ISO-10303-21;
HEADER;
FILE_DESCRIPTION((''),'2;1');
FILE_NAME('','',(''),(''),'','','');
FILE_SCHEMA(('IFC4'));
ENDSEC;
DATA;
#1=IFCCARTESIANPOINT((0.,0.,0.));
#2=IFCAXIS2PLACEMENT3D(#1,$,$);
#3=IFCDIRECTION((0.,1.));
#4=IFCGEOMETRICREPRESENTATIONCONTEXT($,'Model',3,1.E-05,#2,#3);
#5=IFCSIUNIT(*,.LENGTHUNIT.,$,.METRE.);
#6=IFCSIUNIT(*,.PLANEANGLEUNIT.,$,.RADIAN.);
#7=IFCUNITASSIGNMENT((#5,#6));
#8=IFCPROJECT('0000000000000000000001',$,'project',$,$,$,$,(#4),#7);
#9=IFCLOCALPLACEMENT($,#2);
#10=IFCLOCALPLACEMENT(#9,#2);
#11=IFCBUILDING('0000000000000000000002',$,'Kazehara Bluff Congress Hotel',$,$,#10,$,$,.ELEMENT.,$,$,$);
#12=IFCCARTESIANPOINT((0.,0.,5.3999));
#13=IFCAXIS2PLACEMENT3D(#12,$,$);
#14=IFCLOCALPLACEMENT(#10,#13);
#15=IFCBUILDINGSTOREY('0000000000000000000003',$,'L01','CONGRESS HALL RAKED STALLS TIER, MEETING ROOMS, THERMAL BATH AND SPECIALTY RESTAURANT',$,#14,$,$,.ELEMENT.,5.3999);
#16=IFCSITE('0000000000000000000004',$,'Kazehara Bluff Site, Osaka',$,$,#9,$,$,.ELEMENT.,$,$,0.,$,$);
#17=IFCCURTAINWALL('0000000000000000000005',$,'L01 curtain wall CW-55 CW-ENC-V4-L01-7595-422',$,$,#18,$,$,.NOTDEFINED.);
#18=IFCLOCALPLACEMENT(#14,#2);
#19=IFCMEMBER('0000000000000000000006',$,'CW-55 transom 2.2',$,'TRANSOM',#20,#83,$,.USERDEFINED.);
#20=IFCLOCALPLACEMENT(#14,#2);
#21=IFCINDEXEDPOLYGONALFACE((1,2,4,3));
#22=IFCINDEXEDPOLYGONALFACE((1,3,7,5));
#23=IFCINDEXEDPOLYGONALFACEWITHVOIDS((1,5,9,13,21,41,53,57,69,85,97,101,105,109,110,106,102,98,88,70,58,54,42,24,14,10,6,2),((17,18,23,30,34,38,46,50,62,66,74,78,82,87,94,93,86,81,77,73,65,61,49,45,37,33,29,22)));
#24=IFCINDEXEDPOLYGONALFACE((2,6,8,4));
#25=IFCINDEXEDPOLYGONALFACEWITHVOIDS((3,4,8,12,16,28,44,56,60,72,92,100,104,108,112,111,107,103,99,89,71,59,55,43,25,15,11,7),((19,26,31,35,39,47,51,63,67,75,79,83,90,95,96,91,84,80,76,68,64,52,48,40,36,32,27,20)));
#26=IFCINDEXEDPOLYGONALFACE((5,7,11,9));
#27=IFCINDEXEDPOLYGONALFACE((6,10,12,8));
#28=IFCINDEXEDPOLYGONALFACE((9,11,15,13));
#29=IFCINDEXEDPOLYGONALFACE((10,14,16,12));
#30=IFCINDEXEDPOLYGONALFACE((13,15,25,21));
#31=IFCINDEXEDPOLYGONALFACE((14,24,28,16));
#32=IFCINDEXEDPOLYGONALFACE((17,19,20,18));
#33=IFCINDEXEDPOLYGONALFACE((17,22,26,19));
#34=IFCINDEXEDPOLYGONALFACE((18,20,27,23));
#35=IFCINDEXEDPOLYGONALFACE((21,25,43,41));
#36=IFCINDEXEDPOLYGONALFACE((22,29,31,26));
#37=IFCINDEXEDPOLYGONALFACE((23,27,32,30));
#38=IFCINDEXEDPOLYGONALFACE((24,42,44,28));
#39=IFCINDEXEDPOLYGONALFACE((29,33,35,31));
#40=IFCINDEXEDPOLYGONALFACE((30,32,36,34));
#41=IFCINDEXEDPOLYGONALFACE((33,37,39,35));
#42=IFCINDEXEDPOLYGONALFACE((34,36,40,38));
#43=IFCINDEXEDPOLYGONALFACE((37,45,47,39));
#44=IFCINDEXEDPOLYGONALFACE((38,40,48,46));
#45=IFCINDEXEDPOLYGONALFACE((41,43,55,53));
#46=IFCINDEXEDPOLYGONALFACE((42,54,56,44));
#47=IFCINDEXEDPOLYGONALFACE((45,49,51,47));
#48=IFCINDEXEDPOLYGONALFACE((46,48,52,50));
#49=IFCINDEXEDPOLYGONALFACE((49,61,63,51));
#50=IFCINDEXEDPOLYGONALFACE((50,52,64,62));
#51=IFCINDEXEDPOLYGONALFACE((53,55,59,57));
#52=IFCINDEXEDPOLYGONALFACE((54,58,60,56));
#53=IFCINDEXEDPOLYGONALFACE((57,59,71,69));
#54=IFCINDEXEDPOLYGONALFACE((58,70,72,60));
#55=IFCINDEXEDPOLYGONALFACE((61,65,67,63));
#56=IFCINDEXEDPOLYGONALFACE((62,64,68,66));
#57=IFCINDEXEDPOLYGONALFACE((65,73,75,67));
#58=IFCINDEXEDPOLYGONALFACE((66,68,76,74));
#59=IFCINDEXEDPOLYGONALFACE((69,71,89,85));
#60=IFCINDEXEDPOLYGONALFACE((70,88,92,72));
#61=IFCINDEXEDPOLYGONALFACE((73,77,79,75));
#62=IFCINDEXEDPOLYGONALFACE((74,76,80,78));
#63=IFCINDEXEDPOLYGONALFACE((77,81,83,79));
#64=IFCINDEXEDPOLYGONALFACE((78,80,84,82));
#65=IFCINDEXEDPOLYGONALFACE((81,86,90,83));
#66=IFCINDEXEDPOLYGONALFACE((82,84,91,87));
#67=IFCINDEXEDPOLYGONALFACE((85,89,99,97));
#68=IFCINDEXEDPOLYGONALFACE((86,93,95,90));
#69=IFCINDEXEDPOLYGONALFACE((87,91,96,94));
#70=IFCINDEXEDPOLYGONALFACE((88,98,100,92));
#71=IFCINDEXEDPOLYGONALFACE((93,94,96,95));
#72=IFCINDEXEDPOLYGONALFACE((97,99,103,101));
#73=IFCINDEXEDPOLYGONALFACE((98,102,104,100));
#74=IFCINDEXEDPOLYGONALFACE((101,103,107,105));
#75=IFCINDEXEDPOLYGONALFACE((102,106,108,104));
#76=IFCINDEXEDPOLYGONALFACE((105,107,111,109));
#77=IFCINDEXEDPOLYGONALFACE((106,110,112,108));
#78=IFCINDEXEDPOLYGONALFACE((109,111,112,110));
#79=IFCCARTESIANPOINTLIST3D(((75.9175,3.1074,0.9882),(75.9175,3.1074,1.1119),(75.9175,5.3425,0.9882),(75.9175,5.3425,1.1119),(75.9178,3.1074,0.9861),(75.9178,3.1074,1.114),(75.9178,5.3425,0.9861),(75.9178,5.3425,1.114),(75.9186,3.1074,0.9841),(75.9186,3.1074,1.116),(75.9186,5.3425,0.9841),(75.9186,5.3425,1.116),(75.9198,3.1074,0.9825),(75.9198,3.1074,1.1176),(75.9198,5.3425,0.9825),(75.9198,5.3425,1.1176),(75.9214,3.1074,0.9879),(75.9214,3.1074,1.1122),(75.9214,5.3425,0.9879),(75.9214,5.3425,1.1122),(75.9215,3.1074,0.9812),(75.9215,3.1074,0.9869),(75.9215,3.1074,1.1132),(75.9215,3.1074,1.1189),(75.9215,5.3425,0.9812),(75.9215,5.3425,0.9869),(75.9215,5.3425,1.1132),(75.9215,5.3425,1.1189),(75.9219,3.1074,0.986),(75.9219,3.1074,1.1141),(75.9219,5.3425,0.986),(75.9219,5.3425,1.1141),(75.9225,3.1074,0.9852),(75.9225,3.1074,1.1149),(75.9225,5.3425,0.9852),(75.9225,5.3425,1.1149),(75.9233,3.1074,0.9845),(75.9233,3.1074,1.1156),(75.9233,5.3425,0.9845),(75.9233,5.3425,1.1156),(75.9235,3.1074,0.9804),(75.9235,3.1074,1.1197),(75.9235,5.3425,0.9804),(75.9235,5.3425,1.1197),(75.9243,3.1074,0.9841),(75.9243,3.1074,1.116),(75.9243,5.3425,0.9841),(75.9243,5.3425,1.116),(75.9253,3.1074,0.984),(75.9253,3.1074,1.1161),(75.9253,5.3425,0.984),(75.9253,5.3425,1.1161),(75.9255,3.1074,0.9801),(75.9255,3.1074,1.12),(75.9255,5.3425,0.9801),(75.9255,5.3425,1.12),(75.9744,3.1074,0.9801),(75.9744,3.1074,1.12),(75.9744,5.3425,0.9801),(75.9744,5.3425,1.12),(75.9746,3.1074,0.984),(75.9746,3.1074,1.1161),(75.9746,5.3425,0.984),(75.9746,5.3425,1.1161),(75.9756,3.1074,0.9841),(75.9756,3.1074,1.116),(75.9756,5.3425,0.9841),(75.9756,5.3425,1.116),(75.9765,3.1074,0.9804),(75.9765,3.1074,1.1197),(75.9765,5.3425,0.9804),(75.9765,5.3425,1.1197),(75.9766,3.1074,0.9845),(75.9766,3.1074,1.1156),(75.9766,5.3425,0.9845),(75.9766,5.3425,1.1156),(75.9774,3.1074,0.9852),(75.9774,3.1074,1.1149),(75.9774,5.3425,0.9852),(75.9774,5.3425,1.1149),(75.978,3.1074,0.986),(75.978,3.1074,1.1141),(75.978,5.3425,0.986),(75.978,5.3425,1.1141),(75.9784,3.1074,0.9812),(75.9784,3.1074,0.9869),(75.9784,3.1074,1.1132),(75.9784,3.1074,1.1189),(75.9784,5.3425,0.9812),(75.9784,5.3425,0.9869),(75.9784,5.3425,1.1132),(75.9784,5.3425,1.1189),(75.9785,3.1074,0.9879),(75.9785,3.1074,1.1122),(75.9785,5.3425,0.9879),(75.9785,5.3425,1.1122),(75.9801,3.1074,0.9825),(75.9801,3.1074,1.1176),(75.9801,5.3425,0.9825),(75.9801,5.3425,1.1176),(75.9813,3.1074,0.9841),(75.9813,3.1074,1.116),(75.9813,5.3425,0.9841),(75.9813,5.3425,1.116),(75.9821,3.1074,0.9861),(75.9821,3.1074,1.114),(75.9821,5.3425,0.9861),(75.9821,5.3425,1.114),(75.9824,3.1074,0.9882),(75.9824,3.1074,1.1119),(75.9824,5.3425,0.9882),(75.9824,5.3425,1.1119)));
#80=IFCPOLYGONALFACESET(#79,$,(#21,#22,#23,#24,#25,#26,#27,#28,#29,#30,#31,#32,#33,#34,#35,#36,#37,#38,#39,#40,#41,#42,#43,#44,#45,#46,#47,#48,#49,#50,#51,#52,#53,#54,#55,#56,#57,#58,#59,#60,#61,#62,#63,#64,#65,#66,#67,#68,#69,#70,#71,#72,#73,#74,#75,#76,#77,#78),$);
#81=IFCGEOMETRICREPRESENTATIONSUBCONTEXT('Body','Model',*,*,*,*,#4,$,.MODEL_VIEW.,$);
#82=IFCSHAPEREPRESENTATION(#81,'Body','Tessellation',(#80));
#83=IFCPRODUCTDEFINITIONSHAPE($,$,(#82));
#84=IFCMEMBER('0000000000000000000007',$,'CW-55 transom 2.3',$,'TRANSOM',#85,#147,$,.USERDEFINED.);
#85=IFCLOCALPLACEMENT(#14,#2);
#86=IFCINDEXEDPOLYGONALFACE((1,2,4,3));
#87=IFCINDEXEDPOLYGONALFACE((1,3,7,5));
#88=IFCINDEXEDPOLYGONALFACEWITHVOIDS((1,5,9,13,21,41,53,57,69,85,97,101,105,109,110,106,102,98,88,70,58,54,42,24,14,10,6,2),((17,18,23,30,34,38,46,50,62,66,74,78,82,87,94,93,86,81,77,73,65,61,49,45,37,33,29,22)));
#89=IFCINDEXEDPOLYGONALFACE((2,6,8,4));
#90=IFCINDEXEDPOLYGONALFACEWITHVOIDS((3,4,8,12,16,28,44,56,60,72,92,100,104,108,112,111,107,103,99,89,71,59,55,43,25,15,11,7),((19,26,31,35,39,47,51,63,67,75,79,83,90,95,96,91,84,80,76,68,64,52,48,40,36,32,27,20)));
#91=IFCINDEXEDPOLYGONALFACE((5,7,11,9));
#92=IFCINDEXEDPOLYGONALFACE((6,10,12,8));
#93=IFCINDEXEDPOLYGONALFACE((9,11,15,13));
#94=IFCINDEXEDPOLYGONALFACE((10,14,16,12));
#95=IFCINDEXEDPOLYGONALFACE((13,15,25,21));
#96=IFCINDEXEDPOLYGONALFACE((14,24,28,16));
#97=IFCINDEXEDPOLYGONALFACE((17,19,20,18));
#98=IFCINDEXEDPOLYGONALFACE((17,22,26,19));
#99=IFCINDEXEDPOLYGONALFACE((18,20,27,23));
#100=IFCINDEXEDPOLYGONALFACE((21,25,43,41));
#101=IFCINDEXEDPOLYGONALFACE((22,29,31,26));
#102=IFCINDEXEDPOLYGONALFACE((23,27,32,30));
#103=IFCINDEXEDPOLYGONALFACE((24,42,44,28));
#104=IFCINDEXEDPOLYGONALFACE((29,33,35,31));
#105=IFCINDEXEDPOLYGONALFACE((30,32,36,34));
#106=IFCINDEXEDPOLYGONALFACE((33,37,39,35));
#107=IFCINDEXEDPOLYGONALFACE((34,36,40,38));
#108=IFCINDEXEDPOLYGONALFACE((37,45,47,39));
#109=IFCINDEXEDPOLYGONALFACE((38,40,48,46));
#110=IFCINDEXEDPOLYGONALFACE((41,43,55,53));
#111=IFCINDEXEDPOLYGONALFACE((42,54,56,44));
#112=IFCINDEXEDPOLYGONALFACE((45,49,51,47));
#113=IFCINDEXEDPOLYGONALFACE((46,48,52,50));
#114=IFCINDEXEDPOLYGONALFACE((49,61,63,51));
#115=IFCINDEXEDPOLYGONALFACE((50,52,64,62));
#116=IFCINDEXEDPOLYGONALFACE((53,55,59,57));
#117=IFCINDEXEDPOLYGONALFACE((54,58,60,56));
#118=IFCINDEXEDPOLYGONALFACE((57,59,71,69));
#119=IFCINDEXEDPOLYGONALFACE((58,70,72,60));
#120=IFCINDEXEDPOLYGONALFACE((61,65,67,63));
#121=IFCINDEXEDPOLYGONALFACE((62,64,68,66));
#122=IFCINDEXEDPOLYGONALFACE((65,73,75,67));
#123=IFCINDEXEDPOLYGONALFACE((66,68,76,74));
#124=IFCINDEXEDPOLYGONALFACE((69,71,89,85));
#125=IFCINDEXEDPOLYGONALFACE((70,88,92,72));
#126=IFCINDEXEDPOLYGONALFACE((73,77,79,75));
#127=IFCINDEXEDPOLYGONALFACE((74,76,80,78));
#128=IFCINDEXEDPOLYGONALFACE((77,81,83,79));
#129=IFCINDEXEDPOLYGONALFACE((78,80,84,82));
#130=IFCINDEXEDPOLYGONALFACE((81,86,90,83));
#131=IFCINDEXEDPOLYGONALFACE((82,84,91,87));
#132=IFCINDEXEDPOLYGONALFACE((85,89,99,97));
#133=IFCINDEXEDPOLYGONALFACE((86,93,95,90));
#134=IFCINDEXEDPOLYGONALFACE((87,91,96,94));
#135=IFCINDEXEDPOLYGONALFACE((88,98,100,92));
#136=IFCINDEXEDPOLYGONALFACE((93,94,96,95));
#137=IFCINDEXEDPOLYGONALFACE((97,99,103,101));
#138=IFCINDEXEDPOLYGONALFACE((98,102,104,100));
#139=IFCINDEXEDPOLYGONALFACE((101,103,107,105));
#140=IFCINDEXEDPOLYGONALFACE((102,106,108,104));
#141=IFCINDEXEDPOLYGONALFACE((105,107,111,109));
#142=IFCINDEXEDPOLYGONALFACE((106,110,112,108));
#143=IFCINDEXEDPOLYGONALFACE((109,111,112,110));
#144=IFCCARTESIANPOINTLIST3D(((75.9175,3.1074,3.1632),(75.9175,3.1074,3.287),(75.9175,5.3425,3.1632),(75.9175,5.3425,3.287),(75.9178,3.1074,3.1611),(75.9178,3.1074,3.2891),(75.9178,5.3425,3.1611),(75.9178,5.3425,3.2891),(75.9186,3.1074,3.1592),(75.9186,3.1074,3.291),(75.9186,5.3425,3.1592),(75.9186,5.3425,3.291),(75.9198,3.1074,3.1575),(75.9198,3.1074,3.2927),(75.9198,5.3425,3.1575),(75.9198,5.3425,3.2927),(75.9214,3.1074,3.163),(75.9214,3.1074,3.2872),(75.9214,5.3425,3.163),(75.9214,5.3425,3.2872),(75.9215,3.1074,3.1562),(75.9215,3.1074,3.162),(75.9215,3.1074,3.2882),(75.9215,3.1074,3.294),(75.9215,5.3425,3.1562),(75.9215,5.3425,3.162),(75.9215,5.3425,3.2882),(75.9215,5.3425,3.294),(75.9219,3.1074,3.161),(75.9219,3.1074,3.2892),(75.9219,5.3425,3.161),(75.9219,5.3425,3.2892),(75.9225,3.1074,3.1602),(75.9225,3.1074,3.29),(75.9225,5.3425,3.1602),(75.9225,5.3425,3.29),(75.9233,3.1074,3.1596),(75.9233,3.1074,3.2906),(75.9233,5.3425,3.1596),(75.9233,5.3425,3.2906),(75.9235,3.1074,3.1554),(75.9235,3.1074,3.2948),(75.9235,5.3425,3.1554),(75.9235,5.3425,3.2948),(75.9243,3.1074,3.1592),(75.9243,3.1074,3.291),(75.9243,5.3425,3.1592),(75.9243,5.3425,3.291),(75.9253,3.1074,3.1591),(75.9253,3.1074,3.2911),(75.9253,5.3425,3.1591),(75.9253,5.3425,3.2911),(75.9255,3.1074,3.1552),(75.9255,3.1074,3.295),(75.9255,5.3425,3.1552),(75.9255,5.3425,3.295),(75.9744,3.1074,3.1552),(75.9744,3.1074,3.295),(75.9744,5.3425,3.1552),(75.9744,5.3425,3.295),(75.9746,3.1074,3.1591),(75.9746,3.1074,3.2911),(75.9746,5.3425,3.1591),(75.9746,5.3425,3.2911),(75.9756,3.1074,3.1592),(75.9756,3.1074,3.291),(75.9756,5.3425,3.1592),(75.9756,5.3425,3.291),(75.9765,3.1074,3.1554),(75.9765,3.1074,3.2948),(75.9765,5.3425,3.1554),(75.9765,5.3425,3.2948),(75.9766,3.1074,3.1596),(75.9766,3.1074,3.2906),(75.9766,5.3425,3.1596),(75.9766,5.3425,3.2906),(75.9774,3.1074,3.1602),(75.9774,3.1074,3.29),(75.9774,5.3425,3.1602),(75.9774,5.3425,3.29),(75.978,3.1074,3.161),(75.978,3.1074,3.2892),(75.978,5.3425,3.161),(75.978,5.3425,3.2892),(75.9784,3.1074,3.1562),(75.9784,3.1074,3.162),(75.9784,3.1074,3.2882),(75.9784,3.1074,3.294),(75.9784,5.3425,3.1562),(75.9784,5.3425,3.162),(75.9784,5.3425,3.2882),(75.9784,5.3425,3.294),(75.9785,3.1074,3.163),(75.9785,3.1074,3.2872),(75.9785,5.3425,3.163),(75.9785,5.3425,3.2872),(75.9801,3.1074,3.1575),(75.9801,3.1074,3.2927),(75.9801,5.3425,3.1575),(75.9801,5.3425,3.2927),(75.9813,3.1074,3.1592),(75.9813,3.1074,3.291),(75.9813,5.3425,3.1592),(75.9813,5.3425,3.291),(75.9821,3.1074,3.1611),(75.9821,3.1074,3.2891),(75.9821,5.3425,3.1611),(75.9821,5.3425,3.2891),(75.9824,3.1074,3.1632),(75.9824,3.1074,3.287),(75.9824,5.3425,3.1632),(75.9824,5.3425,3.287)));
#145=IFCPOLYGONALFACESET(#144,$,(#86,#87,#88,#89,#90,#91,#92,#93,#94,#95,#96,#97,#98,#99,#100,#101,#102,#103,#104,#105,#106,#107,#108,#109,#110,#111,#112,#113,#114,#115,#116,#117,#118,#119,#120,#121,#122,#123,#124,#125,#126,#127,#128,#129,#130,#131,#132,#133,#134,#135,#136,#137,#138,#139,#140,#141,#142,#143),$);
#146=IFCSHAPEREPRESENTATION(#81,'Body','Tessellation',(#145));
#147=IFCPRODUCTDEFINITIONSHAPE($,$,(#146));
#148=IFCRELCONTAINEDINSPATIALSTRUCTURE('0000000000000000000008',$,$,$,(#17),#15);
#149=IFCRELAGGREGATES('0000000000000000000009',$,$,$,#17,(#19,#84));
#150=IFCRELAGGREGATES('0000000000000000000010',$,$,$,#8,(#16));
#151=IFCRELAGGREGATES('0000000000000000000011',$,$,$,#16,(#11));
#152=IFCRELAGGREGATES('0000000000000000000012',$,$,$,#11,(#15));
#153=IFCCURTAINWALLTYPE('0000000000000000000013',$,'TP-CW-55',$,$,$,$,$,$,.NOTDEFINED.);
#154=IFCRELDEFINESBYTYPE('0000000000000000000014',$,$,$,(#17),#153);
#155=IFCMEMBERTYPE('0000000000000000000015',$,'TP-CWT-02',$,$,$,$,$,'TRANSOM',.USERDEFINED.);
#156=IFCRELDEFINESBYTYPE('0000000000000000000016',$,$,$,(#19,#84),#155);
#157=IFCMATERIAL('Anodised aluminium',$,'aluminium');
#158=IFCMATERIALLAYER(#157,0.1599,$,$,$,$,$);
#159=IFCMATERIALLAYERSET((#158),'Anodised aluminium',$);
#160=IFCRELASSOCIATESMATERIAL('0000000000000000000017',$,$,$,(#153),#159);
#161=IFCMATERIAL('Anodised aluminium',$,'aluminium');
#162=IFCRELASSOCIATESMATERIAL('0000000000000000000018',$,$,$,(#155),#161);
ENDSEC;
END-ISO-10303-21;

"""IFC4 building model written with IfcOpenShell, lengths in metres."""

from ifc_helpers import new_model, si_unit, direction, frame, origin, origin_2d, place, context, subcontext, project, spatial, hollow_rectangle, extrude, material, layer, layer_set, material_profile, profile_set, type_object, element, aggregate, save


model = new_model("IFC4")

# Units and contexts
model_context = context("Model", 3, precision=1e-05, world=origin(), true_north=direction((0.0, 1.0)))
body_context = subcontext(model_context, "Body", "Model", "MODEL_VIEW")
ifc_project = project(units=[si_unit("LENGTHUNIT", "METRE"), si_unit("PLANEANGLEUNIT", "RADIAN")], contexts=[model_context])

# Site, building, storey
site_placement = place(None, origin())
site = spatial("IfcSite", under=ifc_project, at=site_placement, Name="Kazehara Bluff Site, Osaka", CompositionType="ELEMENT", RefElevation=0.0)
building_placement = place(site_placement, origin())
building = spatial("IfcBuilding", under=site, at=building_placement, Name="Kazehara Bluff Congress Hotel", CompositionType="ELEMENT")
storey_placement = place(building_placement, frame((0.0, 0.0, 5.3999)))
storey = spatial("IfcBuildingStorey", under=building, at=storey_placement, Name="L01", Description="CONGRESS HALL RAKED STALLS TIER, MEETING ROOMS, THERMAL BATH AND SPECIALTY RESTAURANT", CompositionType="ELEMENT", Elevation=5.3999)

# Curtain wall
ifc_material_1 = material(Name="Anodised aluminium", Category="aluminium")
ifc_layer_1 = layer(ifc_material_1, 0.1599)
ifc_layer_set_1 = layer_set([ifc_layer_1], Name="Anodised aluminium")
curtain_wall_type_1 = type_object("IfcCurtainWallType", Name="TP-CW-55", PredefinedType="NOTDEFINED", material=ifc_layer_set_1)
curtain_wall_1_placement = place(storey_placement, origin())
curtain_wall_1 = element("IfcCurtainWall", 1, at=curtain_wall_1_placement, inside=storey, type_object=curtain_wall_type_1, Name="L01 curtain wall CW-55 CW-ENC-V4-L01-7595-422", PredefinedType="NOTDEFINED")

# Members
ifc_material_2 = material(Name="Anodised aluminium", Category="aluminium")
ifc_material_profile_1 = material_profile(ifc_material_2, hollow_rectangle(XDim=0.0649, YDim=0.1399, WallThickness=0.0039, InnerFilletRadius=0.0039, OuterFilletRadius=0.0081, at=origin_2d()))
ifc_profile_set_1 = profile_set([ifc_material_profile_1], Name="Anodised aluminium")
member_type_1 = type_object("IfcMemberType", Name="TP-CWT-02", ElementType="TRANSOM", PredefinedType="USERDEFINED", material=ifc_profile_set_1)
member_1_placement = place(storey_placement, frame((75.95, 5.3425, 1.05), z_axis=(0.0, -1.0, 0.0), x_axis=(1.0, 0.0, 0.0)))
member_1 = element("IfcMember", 2, at=member_1_placement, type_object=member_type_1, Name="CW-55 transom 2.2", ObjectType="TRANSOM", PredefinedType="USERDEFINED", context=body_context, shape_type="SweptSolid", body=[
    extrude(hollow_rectangle(XDim=0.0649, YDim=0.1399, WallThickness=0.0039, InnerFilletRadius=0.0039, OuterFilletRadius=0.0081, at=origin_2d()), origin(), (0.0, 0.0, 1.0), 2.2351),
])
member_2_placement = place(storey_placement, frame((75.95, 5.3425, 3.2251), z_axis=(0.0, -1.0, 0.0), x_axis=(1.0, 0.0, 0.0)))
member_2 = element("IfcMember", 3, at=member_2_placement, type_object=member_type_1, Name="CW-55 transom 2.3", ObjectType="TRANSOM", PredefinedType="USERDEFINED", context=body_context, shape_type="SweptSolid", body=[
    extrude(hollow_rectangle(XDim=0.0649, YDim=0.1399, WallThickness=0.0039, InnerFilletRadius=0.0039, OuterFilletRadius=0.0081, at=origin_2d()), origin(), (0.0, 0.0, 1.0), 2.2351),
])

aggregate(curtain_wall_1, [member_1, member_2])

save(model, "model.ifc")
